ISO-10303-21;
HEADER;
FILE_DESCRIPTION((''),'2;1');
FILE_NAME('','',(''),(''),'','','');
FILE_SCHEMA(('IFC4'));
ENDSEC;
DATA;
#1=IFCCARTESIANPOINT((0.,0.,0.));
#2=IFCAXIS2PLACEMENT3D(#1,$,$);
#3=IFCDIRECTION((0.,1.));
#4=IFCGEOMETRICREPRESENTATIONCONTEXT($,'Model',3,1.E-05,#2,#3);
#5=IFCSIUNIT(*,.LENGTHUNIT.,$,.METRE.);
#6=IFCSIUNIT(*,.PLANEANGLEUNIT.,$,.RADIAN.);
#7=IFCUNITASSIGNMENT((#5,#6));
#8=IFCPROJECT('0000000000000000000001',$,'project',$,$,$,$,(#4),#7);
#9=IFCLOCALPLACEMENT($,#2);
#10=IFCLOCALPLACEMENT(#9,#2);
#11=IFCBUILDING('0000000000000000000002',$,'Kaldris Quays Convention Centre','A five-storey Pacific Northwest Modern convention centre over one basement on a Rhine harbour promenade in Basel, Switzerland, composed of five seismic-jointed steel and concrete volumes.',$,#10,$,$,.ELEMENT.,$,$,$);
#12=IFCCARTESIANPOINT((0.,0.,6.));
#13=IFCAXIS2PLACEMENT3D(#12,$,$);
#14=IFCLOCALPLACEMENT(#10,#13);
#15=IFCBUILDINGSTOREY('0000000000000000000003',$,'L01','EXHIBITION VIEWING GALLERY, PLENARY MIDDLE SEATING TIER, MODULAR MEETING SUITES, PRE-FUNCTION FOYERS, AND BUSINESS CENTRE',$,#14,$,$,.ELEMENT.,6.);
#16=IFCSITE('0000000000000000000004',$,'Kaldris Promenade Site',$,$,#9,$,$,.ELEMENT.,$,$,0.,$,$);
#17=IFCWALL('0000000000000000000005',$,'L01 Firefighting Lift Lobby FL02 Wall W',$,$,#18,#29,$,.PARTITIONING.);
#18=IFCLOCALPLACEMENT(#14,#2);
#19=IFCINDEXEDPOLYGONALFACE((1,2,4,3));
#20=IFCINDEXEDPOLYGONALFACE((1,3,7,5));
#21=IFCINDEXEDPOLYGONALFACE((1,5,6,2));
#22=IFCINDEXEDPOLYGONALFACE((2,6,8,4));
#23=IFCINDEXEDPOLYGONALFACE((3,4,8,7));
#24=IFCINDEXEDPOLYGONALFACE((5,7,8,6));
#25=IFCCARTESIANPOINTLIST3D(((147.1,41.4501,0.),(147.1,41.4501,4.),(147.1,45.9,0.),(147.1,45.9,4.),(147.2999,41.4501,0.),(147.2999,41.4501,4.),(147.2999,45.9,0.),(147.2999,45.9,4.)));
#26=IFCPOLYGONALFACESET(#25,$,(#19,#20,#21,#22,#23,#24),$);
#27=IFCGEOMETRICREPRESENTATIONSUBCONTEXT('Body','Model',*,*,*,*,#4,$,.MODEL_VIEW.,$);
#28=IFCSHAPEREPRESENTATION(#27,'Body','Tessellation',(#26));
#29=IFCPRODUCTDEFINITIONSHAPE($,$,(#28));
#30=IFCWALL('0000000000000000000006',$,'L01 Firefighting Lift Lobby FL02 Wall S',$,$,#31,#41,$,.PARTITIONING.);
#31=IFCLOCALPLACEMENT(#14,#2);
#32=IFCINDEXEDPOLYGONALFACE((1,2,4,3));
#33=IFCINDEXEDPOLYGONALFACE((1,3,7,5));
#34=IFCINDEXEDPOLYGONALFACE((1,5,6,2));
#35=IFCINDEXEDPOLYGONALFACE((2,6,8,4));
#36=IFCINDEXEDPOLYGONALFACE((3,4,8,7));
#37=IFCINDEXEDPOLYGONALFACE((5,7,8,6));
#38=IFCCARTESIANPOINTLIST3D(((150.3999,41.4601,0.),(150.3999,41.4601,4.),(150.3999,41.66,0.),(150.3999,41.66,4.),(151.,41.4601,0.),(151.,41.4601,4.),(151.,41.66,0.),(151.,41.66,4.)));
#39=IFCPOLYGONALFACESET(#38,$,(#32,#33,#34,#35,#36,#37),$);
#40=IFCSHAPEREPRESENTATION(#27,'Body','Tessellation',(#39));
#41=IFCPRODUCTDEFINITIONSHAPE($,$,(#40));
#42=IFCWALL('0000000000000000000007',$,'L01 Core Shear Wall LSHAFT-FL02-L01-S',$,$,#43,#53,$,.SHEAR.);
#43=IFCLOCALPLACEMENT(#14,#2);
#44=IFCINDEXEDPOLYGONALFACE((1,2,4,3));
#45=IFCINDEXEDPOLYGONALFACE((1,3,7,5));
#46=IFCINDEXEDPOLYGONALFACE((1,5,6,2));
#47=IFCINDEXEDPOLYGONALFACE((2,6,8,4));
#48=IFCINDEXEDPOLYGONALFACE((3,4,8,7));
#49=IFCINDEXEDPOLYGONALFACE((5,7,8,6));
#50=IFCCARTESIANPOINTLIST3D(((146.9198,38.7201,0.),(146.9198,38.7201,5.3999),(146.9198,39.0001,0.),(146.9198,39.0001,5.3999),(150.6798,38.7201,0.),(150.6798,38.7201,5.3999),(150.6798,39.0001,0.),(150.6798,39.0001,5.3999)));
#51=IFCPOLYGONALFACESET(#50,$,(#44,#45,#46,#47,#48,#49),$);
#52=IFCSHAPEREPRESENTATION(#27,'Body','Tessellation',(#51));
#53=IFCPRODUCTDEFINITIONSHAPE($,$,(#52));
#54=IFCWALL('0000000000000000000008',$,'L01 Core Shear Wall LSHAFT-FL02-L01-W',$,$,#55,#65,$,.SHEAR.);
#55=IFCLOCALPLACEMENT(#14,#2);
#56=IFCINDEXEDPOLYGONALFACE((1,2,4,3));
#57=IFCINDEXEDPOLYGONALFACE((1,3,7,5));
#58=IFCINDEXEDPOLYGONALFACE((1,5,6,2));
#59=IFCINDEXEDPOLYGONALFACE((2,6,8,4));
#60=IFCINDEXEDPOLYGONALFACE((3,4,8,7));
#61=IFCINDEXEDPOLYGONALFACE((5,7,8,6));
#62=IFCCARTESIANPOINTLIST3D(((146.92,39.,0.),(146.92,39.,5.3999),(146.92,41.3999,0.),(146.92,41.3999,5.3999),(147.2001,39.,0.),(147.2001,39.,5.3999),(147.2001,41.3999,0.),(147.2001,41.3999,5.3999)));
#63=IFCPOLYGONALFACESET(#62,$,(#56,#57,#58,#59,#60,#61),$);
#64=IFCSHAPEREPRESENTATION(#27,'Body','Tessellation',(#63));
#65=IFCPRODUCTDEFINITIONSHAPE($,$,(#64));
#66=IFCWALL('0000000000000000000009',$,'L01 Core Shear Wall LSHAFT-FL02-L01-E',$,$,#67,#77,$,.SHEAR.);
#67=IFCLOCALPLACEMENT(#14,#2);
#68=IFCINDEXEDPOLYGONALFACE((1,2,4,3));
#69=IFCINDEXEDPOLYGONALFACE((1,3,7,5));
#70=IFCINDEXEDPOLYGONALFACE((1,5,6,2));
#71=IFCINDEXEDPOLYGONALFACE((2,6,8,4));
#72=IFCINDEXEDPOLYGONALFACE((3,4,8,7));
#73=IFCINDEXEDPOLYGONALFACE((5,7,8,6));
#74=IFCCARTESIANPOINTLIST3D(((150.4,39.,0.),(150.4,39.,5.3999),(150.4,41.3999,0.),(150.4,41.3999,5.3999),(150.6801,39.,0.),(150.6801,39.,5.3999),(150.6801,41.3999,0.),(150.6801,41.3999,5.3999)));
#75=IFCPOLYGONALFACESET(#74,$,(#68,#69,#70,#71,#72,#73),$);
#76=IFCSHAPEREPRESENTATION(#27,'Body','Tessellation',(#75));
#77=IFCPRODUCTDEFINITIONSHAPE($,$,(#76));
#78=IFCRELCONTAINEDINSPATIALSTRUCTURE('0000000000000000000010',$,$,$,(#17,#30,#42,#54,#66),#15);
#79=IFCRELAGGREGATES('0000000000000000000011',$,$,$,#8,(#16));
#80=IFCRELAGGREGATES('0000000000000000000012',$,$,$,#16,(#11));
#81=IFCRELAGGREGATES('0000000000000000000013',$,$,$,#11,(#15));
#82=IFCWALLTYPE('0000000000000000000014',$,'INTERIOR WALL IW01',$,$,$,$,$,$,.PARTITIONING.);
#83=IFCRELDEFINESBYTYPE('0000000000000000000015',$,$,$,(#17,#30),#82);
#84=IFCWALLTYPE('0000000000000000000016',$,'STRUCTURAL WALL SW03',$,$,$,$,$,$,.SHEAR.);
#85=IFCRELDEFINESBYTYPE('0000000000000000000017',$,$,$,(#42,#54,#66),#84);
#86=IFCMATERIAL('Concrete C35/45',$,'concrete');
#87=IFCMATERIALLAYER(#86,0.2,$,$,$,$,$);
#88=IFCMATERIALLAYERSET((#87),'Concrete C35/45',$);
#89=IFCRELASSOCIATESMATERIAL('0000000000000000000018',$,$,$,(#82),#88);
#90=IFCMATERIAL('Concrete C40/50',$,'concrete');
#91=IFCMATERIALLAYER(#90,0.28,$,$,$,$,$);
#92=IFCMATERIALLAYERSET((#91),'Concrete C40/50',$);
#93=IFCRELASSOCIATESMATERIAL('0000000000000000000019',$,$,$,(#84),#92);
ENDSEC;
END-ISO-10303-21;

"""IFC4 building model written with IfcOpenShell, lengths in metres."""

from ifc_helpers import new_model, si_unit, direction, frame, frame_2d, origin, place, context, subcontext, project, spatial, rectangle, extrude, material, layer, layer_set, type_object, element, save


model = new_model("IFC4")

# Units and contexts
model_context = context("Model", 3, precision=1e-05, world=origin(), true_north=direction((0.0, 1.0)))
body_context = subcontext(model_context, "Body", "Model", "MODEL_VIEW")
ifc_project = project(units=[si_unit("LENGTHUNIT", "METRE"), si_unit("PLANEANGLEUNIT", "RADIAN")], contexts=[model_context])

# Site, building, storey
site_placement = place(None, origin())
site = spatial("IfcSite", under=ifc_project, at=site_placement, Name="Kaldris Promenade Site", CompositionType="ELEMENT", RefElevation=0.0)
building_placement = place(site_placement, origin())
building = spatial("IfcBuilding", under=site, at=building_placement, Name="Kaldris Quays Convention Centre", Description="A five-storey Pacific Northwest Modern convention centre over one basement on a Rhine harbour promenade in Basel, Switzerland, composed of five seismic-jointed steel and concrete volumes.", CompositionType="ELEMENT")
storey_placement = place(building_placement, frame((0.0, 0.0, 6.0)))
storey = spatial("IfcBuildingStorey", under=building, at=storey_placement, Name="L01", Description="EXHIBITION VIEWING GALLERY, PLENARY MIDDLE SEATING TIER, MODULAR MEETING SUITES, PRE-FUNCTION FOYERS, AND BUSINESS CENTRE", CompositionType="ELEMENT", Elevation=6.0)

# Shared definitions
ifc_material_1 = material(Name="Concrete C35/45", Category="concrete")
ifc_layer_1 = layer(ifc_material_1, 0.2)
ifc_layer_set_1 = layer_set([ifc_layer_1], Name="Concrete C35/45")
wall_type_1 = type_object("IfcWallType", Name="INTERIOR WALL IW01", PredefinedType="PARTITIONING", material=ifc_layer_set_1)

# Walls
wall_1_placement = place(storey_placement, frame((147.2, 41.45, 0.0), z_axis=(0.0, 0.0, 1.0), x_axis=(0.0, 1.0, 0.0)))
element("IfcWall", 1, at=wall_1_placement, inside=storey, type_object=wall_type_1, Name="L01 Firefighting Lift Lobby FL02 Wall W", PredefinedType="PARTITIONING", context=body_context, shape_type="SweptSolid", body=[
    extrude(rectangle(XDim=4.45, YDim=0.2, at=frame_2d((2.2251, 0.0))), origin(), (0.0, 0.0, 1.0), 4.0),
])
wall_2_placement = place(storey_placement, frame((150.3999, 41.5601, 0.0), z_axis=(0.0, 0.0, 1.0), x_axis=(1.0, 0.0, 0.0)))
element("IfcWall", 2, at=wall_2_placement, inside=storey, type_object=wall_type_1, Name="L01 Firefighting Lift Lobby FL02 Wall S", PredefinedType="PARTITIONING", context=body_context, shape_type="SweptSolid", body=[
    extrude(rectangle(XDim=0.6001, YDim=0.2, at=frame_2d((0.3, 0.0))), origin(), (0.0, 0.0, 1.0), 4.0),
])
ifc_material_2 = material(Name="Concrete C40/50", Category="concrete")
ifc_layer_2 = layer(ifc_material_2, 0.28)
ifc_layer_set_2 = layer_set([ifc_layer_2], Name="Concrete C40/50")
wall_type_2 = type_object("IfcWallType", Name="STRUCTURAL WALL SW03", PredefinedType="SHEAR", material=ifc_layer_set_2)
wall_3_placement = place(storey_placement, frame((146.9199, 38.8601, 0.0), z_axis=(0.0, 0.0, 1.0), x_axis=(1.0, 0.0, 0.0)))
element("IfcWall", 3, at=wall_3_placement, inside=storey, type_object=wall_type_2, Name="L01 Core Shear Wall LSHAFT-FL02-L01-S", PredefinedType="SHEAR", context=body_context, shape_type="SweptSolid", body=[
    extrude(rectangle(XDim=3.76, YDim=0.28, at=frame_2d((1.8799, 0.0))), origin(), (0.0, 0.0, 1.0), 5.3999),
])

# Walls
for number, where, z_axis, x_axis, name in (
    (4, (147.0601, 39.0, 0.0), (0.0, 0.0, 1.0), (0.0, 1.0, 0.0), "L01 Core Shear Wall LSHAFT-FL02-L01-W"),
    (5, (150.54, 39.0, 0.0), (0.0, 0.0, 1.0), (0.0, 1.0, 0.0), "L01 Core Shear Wall LSHAFT-FL02-L01-E"),
):
    element("IfcWall", number, at=place(storey_placement, frame(where, z_axis=z_axis, x_axis=x_axis)), inside=storey, type_object=wall_type_2, Name=name, PredefinedType="SHEAR", context=body_context, shape_type="SweptSolid", body=[
        extrude(rectangle(XDim=2.3999, YDim=0.28, at=frame_2d((1.2, 0.0))), origin(), (0.0, 0.0, 1.0), 5.3999),
    ])

save(model, "model.ifc")
